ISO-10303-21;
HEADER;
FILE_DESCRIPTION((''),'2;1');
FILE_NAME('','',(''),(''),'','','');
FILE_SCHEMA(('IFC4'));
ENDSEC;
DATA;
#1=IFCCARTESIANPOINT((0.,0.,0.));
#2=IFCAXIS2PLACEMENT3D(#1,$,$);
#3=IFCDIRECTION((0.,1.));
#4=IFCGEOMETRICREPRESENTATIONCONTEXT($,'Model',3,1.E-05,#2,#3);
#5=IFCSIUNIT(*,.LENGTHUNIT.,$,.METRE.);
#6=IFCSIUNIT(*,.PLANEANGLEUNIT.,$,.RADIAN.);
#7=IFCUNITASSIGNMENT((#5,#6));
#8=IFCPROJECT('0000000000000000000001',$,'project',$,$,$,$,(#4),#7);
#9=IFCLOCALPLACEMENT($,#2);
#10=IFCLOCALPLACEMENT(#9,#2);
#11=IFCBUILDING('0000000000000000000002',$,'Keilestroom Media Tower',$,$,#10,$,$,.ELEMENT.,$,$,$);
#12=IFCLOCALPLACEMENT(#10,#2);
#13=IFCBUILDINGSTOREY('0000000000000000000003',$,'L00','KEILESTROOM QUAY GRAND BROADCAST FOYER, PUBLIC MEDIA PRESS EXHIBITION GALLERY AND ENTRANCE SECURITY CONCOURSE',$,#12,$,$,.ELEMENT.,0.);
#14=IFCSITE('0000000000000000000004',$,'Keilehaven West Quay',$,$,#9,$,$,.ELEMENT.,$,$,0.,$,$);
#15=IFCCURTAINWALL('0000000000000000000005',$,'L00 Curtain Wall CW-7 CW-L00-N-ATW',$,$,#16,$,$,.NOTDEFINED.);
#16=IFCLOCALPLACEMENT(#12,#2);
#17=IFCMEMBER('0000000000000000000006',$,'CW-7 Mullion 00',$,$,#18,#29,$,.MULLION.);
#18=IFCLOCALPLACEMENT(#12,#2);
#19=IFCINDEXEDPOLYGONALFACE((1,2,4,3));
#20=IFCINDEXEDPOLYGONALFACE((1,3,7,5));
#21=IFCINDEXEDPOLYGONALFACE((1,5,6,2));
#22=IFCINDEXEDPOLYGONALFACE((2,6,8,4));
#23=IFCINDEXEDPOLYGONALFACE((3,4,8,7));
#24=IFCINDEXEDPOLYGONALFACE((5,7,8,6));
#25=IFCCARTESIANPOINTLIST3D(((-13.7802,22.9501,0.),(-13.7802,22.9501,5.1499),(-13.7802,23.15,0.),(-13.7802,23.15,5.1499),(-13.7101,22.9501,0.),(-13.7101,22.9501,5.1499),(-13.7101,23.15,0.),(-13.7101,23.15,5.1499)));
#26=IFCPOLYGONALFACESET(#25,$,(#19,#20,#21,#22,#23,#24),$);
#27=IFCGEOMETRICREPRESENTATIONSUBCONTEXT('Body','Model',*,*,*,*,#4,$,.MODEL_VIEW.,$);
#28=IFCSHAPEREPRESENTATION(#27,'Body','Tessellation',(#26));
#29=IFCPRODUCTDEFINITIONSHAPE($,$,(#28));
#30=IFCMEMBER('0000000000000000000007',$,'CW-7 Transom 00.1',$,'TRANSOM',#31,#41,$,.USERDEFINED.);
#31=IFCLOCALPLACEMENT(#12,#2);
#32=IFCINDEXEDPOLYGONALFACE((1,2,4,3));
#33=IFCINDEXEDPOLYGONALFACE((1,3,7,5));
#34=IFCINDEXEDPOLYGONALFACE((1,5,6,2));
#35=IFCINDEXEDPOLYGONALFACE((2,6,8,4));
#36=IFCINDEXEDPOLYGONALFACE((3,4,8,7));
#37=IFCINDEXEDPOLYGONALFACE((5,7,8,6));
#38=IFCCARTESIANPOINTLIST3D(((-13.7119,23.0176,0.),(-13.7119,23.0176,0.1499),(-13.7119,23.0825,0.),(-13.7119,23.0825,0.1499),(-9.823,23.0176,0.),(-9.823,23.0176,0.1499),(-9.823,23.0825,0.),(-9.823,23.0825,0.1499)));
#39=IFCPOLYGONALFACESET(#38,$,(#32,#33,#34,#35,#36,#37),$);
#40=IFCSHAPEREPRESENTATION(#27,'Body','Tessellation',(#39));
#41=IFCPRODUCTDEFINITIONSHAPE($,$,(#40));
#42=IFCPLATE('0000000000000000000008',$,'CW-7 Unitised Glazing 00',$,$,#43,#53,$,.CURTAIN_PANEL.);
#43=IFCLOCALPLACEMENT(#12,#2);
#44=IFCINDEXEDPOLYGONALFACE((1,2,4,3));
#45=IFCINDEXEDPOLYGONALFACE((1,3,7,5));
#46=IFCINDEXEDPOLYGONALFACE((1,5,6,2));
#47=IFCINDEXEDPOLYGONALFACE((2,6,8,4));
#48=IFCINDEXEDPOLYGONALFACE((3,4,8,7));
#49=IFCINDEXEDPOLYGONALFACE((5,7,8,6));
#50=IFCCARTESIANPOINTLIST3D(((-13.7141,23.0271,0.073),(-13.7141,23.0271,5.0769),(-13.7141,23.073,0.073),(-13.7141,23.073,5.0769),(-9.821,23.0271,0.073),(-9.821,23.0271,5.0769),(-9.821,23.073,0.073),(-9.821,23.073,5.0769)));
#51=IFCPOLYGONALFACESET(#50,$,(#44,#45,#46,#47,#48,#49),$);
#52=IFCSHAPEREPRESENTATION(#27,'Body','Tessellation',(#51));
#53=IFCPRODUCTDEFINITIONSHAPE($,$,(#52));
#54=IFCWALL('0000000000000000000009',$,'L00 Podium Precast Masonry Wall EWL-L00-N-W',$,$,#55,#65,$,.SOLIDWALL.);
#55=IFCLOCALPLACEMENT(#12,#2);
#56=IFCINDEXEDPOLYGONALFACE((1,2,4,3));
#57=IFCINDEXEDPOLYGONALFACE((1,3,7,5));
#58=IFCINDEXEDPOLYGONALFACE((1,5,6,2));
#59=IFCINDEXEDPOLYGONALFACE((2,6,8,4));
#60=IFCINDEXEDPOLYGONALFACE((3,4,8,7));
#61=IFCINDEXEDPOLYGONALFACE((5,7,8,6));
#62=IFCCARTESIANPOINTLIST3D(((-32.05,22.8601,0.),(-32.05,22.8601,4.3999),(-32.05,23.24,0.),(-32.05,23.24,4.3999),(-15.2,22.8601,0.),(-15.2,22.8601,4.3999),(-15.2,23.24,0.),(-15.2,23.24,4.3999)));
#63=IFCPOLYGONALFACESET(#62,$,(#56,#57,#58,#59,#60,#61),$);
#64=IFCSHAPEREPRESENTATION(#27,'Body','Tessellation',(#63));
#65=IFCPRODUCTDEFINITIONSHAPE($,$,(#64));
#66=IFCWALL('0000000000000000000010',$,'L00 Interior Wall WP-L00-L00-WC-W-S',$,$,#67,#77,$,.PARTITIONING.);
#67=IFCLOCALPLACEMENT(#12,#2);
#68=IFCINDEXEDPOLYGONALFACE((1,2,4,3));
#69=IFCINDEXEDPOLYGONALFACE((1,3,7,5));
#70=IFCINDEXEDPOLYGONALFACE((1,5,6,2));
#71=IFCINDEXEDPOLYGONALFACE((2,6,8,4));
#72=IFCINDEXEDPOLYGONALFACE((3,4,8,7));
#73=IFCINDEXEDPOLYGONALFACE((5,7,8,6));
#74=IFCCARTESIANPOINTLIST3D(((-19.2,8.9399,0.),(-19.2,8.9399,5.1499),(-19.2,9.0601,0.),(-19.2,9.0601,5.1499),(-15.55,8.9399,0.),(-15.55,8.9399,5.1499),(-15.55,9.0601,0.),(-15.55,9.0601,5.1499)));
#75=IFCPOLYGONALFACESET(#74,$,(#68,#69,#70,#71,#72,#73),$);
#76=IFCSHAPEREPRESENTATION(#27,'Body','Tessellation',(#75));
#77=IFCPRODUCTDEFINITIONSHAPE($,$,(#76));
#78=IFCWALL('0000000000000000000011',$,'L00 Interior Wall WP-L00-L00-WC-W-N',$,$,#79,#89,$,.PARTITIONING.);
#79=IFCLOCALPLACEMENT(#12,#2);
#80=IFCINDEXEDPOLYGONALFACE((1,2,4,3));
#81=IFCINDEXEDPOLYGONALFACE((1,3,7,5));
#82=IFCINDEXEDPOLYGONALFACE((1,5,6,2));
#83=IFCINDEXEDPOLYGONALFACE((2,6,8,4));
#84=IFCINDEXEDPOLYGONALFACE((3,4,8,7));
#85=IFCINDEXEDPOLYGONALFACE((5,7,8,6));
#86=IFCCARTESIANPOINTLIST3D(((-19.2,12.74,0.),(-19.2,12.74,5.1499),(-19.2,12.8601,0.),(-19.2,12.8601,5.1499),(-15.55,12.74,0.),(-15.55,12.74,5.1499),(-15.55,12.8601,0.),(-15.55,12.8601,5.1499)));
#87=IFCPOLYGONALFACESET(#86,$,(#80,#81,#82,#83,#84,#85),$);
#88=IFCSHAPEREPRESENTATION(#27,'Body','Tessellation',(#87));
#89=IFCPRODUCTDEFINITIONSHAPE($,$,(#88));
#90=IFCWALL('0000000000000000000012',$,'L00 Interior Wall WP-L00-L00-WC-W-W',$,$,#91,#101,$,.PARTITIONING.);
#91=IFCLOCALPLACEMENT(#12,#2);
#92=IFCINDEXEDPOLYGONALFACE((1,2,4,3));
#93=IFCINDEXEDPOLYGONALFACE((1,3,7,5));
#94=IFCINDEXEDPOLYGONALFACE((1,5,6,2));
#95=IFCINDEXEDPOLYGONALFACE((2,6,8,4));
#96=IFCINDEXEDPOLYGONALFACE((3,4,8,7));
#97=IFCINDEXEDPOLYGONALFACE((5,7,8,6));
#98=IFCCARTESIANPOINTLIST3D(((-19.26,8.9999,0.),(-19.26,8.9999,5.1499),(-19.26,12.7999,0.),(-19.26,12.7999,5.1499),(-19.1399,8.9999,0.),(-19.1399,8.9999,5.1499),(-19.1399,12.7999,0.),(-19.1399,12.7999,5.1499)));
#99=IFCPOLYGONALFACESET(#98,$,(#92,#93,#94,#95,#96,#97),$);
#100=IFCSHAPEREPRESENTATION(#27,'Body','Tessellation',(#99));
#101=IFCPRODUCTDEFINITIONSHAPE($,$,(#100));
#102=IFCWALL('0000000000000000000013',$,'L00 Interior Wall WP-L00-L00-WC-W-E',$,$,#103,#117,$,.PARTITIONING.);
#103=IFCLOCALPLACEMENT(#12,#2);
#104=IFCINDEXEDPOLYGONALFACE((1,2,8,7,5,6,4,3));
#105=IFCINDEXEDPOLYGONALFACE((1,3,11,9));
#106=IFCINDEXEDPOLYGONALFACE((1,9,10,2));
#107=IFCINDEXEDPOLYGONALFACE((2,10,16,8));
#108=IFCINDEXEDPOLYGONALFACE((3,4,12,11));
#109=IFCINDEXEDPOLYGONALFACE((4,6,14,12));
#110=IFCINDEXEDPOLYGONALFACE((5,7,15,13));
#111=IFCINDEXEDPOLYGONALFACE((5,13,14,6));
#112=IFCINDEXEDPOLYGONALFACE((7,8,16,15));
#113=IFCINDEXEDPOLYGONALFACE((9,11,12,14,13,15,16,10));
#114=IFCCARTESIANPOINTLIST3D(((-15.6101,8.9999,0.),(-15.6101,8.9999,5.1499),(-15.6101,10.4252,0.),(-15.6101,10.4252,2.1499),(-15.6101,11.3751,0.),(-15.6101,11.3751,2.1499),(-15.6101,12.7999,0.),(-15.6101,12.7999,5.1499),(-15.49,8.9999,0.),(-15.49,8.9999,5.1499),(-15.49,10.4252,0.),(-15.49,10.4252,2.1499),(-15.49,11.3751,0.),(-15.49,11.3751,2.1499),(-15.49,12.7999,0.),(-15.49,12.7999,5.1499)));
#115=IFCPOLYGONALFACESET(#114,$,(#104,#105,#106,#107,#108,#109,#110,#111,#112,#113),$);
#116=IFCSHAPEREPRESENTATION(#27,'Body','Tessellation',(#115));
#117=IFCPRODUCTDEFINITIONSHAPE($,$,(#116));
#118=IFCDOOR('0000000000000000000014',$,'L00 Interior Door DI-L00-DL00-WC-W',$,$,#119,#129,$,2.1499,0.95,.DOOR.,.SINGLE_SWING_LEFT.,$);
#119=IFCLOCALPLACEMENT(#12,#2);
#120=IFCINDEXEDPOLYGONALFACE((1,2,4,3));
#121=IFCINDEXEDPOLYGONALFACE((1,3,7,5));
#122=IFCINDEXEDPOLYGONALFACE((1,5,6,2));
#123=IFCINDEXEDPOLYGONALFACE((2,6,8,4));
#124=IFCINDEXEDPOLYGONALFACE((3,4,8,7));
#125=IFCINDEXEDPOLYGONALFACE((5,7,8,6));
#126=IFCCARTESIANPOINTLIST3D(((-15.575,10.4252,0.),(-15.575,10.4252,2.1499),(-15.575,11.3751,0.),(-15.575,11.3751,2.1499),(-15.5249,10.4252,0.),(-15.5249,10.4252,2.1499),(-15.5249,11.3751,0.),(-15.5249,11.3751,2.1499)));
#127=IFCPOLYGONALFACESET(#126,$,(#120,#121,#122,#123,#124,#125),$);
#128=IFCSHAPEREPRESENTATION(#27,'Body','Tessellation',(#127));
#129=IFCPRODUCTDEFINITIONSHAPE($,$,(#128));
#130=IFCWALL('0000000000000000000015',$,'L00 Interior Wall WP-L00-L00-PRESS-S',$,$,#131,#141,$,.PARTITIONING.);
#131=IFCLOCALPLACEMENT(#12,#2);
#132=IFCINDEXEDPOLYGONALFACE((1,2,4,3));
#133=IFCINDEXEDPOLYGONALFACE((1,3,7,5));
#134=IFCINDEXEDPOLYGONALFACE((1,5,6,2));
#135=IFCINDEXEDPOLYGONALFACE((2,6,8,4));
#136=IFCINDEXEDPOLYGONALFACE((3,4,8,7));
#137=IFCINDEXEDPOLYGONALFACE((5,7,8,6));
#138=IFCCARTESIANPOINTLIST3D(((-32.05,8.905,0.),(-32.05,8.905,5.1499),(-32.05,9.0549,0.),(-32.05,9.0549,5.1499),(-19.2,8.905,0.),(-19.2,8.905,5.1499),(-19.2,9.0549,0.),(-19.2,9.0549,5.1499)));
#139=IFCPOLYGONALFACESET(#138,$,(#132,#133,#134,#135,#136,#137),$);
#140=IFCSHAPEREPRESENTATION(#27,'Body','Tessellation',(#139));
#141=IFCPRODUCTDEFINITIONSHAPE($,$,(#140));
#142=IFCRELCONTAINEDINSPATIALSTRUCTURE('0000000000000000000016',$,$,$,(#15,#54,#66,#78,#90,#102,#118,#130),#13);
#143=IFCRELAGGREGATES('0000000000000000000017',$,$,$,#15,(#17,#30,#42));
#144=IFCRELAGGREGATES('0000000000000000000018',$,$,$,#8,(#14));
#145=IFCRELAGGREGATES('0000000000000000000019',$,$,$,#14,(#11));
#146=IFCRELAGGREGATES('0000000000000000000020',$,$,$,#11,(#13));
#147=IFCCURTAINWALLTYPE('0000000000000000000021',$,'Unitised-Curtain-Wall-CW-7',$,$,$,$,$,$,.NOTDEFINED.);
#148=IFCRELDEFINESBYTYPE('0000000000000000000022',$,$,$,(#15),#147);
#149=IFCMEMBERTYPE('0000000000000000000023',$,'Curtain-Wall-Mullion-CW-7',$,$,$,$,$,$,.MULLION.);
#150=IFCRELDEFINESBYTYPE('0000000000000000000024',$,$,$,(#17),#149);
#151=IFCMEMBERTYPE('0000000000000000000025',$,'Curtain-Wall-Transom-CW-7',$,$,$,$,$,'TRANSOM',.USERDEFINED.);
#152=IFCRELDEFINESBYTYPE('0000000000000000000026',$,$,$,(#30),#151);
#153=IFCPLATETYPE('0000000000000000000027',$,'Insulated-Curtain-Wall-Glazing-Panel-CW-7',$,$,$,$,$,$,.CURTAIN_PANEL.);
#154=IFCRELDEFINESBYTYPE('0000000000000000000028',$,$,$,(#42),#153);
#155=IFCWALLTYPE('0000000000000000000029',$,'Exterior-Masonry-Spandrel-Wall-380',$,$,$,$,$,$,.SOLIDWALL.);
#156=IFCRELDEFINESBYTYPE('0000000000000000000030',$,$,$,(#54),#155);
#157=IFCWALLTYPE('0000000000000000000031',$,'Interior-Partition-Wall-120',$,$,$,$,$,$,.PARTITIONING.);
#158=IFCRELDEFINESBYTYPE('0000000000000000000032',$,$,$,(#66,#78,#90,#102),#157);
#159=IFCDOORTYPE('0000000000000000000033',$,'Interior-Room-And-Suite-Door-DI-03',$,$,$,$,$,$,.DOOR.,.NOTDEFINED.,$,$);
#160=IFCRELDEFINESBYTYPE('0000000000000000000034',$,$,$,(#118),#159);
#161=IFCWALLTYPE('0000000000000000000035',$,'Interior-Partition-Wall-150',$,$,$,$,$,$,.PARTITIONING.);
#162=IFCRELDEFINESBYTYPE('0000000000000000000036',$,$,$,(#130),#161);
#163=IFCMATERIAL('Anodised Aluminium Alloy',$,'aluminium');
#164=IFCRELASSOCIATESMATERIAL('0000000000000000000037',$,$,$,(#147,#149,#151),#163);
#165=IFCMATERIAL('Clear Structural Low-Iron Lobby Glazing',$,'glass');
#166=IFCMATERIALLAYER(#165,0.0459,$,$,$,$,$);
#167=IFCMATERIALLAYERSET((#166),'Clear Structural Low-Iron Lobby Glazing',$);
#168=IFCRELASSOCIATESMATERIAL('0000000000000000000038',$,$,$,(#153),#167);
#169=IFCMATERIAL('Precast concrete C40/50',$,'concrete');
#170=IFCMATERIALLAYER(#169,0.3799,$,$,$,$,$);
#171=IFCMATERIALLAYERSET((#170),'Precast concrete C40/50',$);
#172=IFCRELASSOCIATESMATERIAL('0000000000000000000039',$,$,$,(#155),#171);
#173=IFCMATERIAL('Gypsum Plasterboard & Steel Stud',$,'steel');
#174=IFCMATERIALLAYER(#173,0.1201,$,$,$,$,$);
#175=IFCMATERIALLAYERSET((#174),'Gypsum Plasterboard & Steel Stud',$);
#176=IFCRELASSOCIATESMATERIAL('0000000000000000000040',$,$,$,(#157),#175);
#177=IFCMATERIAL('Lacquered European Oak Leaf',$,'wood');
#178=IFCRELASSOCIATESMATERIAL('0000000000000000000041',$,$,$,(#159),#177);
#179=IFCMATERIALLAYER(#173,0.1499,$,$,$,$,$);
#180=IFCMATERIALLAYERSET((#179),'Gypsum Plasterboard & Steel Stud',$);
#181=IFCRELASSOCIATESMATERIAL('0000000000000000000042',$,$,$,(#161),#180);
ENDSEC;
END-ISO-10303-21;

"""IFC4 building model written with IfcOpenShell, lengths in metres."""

from ifc_helpers import new_model, si_unit, direction, frame, frame_2d, origin, origin_2d, place, context, subcontext, project, spatial, rectangle, extrude, source, transform, mapped, material, layer, layer_set, material_profile, profile_set, type_object, element, fill, aggregate, save


model = new_model("IFC4")

# Units and contexts
model_context = context("Model", 3, precision=1e-05, world=origin(), true_north=direction((0.0, 1.0)))
body_context = subcontext(model_context, "Body", "Model", "MODEL_VIEW")
ifc_project = project(units=[si_unit("LENGTHUNIT", "METRE"), si_unit("PLANEANGLEUNIT", "RADIAN")], contexts=[model_context])

# Site, building, storey
site_placement = place(None, origin())
site = spatial("IfcSite", under=ifc_project, at=site_placement, Name="Keilehaven West Quay", CompositionType="ELEMENT", RefElevation=0.0)
building_placement = place(site_placement, origin())
building = spatial("IfcBuilding", under=site, at=building_placement, Name="Keilestroom Media Tower", CompositionType="ELEMENT")
storey_placement = place(building_placement, origin())
storey = spatial("IfcBuildingStorey", under=building, at=storey_placement, Name="L00", Description="KEILESTROOM QUAY GRAND BROADCAST FOYER, PUBLIC MEDIA PRESS EXHIBITION GALLERY AND ENTRANCE SECURITY CONCOURSE", CompositionType="ELEMENT", Elevation=0.0)

# Shared definitions
ifc_material_1 = material(Name="Precast concrete C40/50", Category="concrete")

# Curtain wall, members, plate
ifc_material_2 = material(Name="Anodised Aluminium Alloy", Category="aluminium")
curtain_wall_type = type_object("IfcCurtainWallType", Name="Unitised-Curtain-Wall-CW-7", PredefinedType="NOTDEFINED", material=ifc_material_2)
curtain_wall_placement = place(storey_placement, origin())
curtain_wall = element("IfcCurtainWall", 1, at=curtain_wall_placement, inside=storey, type_object=curtain_wall_type, Name="L00 Curtain Wall CW-7 CW-L00-N-ATW", PredefinedType="NOTDEFINED")
ifc_material_profile_1 = material_profile(ifc_material_2, rectangle(XDim=0.0701, YDim=0.2, at=origin_2d()), Name="ALU MULLION 70x200")
ifc_profile_set_1 = profile_set([ifc_material_profile_1], Name="Anodised Aluminium Alloy")
member_type_1 = type_object("IfcMemberType", Name="Curtain-Wall-Mullion-CW-7", PredefinedType="MULLION", material=ifc_profile_set_1)
shared_shape_1 = source(origin(), body_context, "Body", "SweptSolid", [
    extrude(rectangle(XDim=0.0701, YDim=0.2, at=origin_2d()), origin(), (0.0, 0.0, 1.0), 5.1499),
])
member_1_placement = place(storey_placement, frame((-13.7451, 23.05, 0.0), z_axis=(0.0, 0.0, 1.0), x_axis=(1.0, 0.0, 0.0)))
member_1 = element("IfcMember", 2, at=member_1_placement, type_object=member_type_1, Name="CW-7 Mullion 00", PredefinedType="MULLION", context=body_context, shape_type="MappedRepresentation", body=[
    mapped(shared_shape_1, transform((0.0, 0.0, 0.0), x_axis=(1.0, 0.0, 0.0), y_axis=(0.0, 1.0, 0.0), z_axis=(0.0, 0.0, 1.0), scale=1.0)),
])
ifc_material_profile_2 = material_profile(ifc_material_2, rectangle(XDim=0.0649, YDim=0.1499, at=origin_2d()), Name="ALU TRANSOM 65x150")
ifc_profile_set_2 = profile_set([ifc_material_profile_2], Name="Anodised Aluminium Alloy")
member_type_2 = type_object("IfcMemberType", Name="Curtain-Wall-Transom-CW-7", ElementType="TRANSOM", PredefinedType="USERDEFINED", material=ifc_profile_set_2)
shared_shape_2 = source(origin(), body_context, "Body", "SweptSolid", [
    extrude(rectangle(XDim=0.0649, YDim=0.1499, at=origin_2d()), origin(), (0.0, 0.0, 1.0), 3.8889),
])
member_2_placement = place(storey_placement, frame((-13.7119, 23.05, 0.075), z_axis=(1.0, 0.0, 0.0), x_axis=(0.0, 1.0, 0.0)))
member_2 = element("IfcMember", 3, at=member_2_placement, type_object=member_type_2, Name="CW-7 Transom 00.1", ObjectType="TRANSOM", PredefinedType="USERDEFINED", context=body_context, shape_type="MappedRepresentation", body=[
    mapped(shared_shape_2, transform((0.0, 0.0, 0.0), x_axis=(1.0, 0.0, 0.0), y_axis=(0.0, 1.0, 0.0), z_axis=(0.0, 0.0, 1.0), scale=1.0)),
])
ifc_material_3 = material(Name="Clear Structural Low-Iron Lobby Glazing", Category="glass")
ifc_layer_1 = layer(ifc_material_3, 0.0459)
ifc_layer_set_1 = layer_set([ifc_layer_1], Name="Clear Structural Low-Iron Lobby Glazing")
plate_type = type_object("IfcPlateType", Name="Insulated-Curtain-Wall-Glazing-Panel-CW-7", PredefinedType="CURTAIN_PANEL", material=ifc_layer_set_1)
shared_shape_3 = source(origin(), body_context, "Body", "SweptSolid", [
    extrude(rectangle(XDim=3.8931, YDim=0.0459, at=origin_2d()), origin(), (0.0, 0.0, 1.0), 5.0039),
])
plate_placement = place(storey_placement, frame((-11.7676, 23.05, 0.073), z_axis=(0.0, 0.0, 1.0), x_axis=(1.0, 0.0, 0.0)))
plate = element("IfcPlate", 4, at=plate_placement, type_object=plate_type, Name="CW-7 Unitised Glazing 00", PredefinedType="CURTAIN_PANEL", context=body_context, shape_type="MappedRepresentation", body=[
    mapped(shared_shape_3, transform((0.0, 0.0, 0.0), x_axis=(1.0, 0.0, 0.0), y_axis=(0.0, 1.0, 0.0), z_axis=(0.0, 0.0, 1.0), scale=1.0)),
])
aggregate(curtain_wall, [member_1, member_2, plate])

# Walls
ifc_layer_2 = layer(ifc_material_1, 0.3799)
ifc_layer_set_2 = layer_set([ifc_layer_2], Name="Precast concrete C40/50")
wall_type_1 = type_object("IfcWallType", Name="Exterior-Masonry-Spandrel-Wall-380", PredefinedType="SOLIDWALL", material=ifc_layer_set_2)
wall_1_placement = place(storey_placement, frame((-32.05, 23.05, 0.0), z_axis=(0.0, 0.0, 1.0), x_axis=(1.0, 0.0, 0.0)))
element("IfcWall", 5, at=wall_1_placement, inside=storey, type_object=wall_type_1, Name="L00 Podium Precast Masonry Wall EWL-L00-N-W", PredefinedType="SOLIDWALL", context=body_context, shape_type="SweptSolid", body=[
    extrude(rectangle(XDim=16.8501, YDim=0.3799, at=frame_2d((8.425, 0.0))), origin(), (0.0, 0.0, 1.0), 4.3999),
])
ifc_material_4 = material(Name="Gypsum Plasterboard & Steel Stud", Category="steel")
ifc_layer_3 = layer(ifc_material_4, 0.1201)
ifc_layer_set_3 = layer_set([ifc_layer_3], Name="Gypsum Plasterboard & Steel Stud")
wall_type_2 = type_object("IfcWallType", Name="Interior-Partition-Wall-120", PredefinedType="PARTITIONING", material=ifc_layer_set_3)
for number, where, z_axis, x_axis, name in (
    (6, (-19.2, 9.0, 0.0), (0.0, 0.0, 1.0), (1.0, 0.0, 0.0), "L00 Interior Wall WP-L00-L00-WC-W-S"),
    (7, (-19.2, 12.8, 0.0), (0.0, 0.0, 1.0), (1.0, 0.0, 0.0), "L00 Interior Wall WP-L00-L00-WC-W-N"),
):
    element("IfcWall", number, at=place(storey_placement, frame(where, z_axis=z_axis, x_axis=x_axis)), inside=storey, type_object=wall_type_2, Name=name, PredefinedType="PARTITIONING", context=body_context, shape_type="SweptSolid", body=[
        extrude(rectangle(XDim=3.6499, YDim=0.1201, at=frame_2d((1.825, 0.0))), origin(), (0.0, 0.0, 1.0), 5.1499),
    ])
wall_2_placement = place(storey_placement, frame((-19.2, 9.0, 0.0), z_axis=(0.0, 0.0, 1.0), x_axis=(0.0, 1.0, 0.0)))
element("IfcWall", 8, at=wall_2_placement, inside=storey, type_object=wall_type_2, Name="L00 Interior Wall WP-L00-L00-WC-W-W", PredefinedType="PARTITIONING", context=body_context, shape_type="SweptSolid", body=[
    extrude(rectangle(XDim=3.8, YDim=0.1201, at=frame_2d((1.8999, 0.0))), origin(), (0.0, 0.0, 1.0), 5.1499),
])

# Wall, opening, door
wall_3_placement = place(storey_placement, frame((-15.55, 9.0, 0.0), z_axis=(0.0, 0.0, 1.0), x_axis=(0.0, 1.0, 0.0)))
wall_3 = element("IfcWall", 9, at=wall_3_placement, inside=storey, type_object=wall_type_2, Name="L00 Interior Wall WP-L00-L00-WC-W-E", PredefinedType="PARTITIONING", context=body_context, shape_type="SweptSolid", body=[
    extrude(rectangle(XDim=3.8, YDim=0.1201, at=frame_2d((1.8999, 0.0))), origin(), (0.0, 0.0, 1.0), 5.1499),
])
opening_1_placement = place(wall_3_placement, frame((1.425, 0.0, 0.0)))
opening_1 = element("IfcOpeningElement", 10, at=opening_1_placement, cuts=wall_3, PredefinedType="OPENING", context=body_context, shape_type="SweptSolid", body=[
    extrude(rectangle(XDim=0.95, YDim=2.1499, at=frame_2d((0.4751, 1.075))), frame((0.0, 0.0701, 0.0), z_axis=(0.0, -1.0, 0.0), x_axis=(1.0, 0.0, 0.0)), (0.0, 0.0, 1.0), 0.1401),
])
ifc_material_5 = material(Name="Lacquered European Oak Leaf", Category="wood")
door_type_1 = type_object("IfcDoorType", Name="Interior-Room-And-Suite-Door-DI-03", OperationType="NOTDEFINED", PredefinedType="DOOR", material=ifc_material_5)
shared_shape_4 = source(origin(), body_context, "Body", "SweptSolid", [
    extrude(rectangle(XDim=0.95, YDim=2.1499, at=frame_2d((0.4751, 1.075))), frame((0.0, 0.0249, 0.0), z_axis=(0.0, -1.0, 0.0), x_axis=(1.0, 0.0, 0.0)), (0.0, 0.0, 1.0), 0.05),
])
door_1_placement = place(opening_1_placement, origin())
door_1 = element("IfcDoor", 11, at=door_1_placement, inside=storey, type_object=door_type_1, Name="L00 Interior Door DI-L00-DL00-WC-W", OperationType="SINGLE_SWING_LEFT", OverallHeight=2.1499, OverallWidth=0.95, PredefinedType="DOOR", context=body_context, shape_type="MappedRepresentation", body=[
    mapped(shared_shape_4, transform((0.0, 0.0, 0.0), x_axis=(1.0, 0.0, 0.0), y_axis=(0.0, 1.0, 0.0), z_axis=(0.0, 0.0, 1.0), scale=1.0)),
])
fill(opening_1, door_1)

# Wall
ifc_layer_4 = layer(ifc_material_4, 0.1499)
ifc_layer_set_4 = layer_set([ifc_layer_4], Name="Gypsum Plasterboard & Steel Stud")
wall_type_3 = type_object("IfcWallType", Name="Interior-Partition-Wall-150", PredefinedType="PARTITIONING", material=ifc_layer_set_4)
wall_4_placement = place(storey_placement, frame((-32.05, 8.98, 0.0), z_axis=(0.0, 0.0, 1.0), x_axis=(1.0, 0.0, 0.0)))
element("IfcWall", 12, at=wall_4_placement, inside=storey, type_object=wall_type_3, Name="L00 Interior Wall WP-L00-L00-PRESS-S", PredefinedType="PARTITIONING", context=body_context, shape_type="SweptSolid", body=[
    extrude(rectangle(XDim=12.8501, YDim=0.1499, at=frame_2d((6.425, 0.0))), origin(), (0.0, 0.0, 1.0), 5.1499),
])

save(model, "model.ifc")
